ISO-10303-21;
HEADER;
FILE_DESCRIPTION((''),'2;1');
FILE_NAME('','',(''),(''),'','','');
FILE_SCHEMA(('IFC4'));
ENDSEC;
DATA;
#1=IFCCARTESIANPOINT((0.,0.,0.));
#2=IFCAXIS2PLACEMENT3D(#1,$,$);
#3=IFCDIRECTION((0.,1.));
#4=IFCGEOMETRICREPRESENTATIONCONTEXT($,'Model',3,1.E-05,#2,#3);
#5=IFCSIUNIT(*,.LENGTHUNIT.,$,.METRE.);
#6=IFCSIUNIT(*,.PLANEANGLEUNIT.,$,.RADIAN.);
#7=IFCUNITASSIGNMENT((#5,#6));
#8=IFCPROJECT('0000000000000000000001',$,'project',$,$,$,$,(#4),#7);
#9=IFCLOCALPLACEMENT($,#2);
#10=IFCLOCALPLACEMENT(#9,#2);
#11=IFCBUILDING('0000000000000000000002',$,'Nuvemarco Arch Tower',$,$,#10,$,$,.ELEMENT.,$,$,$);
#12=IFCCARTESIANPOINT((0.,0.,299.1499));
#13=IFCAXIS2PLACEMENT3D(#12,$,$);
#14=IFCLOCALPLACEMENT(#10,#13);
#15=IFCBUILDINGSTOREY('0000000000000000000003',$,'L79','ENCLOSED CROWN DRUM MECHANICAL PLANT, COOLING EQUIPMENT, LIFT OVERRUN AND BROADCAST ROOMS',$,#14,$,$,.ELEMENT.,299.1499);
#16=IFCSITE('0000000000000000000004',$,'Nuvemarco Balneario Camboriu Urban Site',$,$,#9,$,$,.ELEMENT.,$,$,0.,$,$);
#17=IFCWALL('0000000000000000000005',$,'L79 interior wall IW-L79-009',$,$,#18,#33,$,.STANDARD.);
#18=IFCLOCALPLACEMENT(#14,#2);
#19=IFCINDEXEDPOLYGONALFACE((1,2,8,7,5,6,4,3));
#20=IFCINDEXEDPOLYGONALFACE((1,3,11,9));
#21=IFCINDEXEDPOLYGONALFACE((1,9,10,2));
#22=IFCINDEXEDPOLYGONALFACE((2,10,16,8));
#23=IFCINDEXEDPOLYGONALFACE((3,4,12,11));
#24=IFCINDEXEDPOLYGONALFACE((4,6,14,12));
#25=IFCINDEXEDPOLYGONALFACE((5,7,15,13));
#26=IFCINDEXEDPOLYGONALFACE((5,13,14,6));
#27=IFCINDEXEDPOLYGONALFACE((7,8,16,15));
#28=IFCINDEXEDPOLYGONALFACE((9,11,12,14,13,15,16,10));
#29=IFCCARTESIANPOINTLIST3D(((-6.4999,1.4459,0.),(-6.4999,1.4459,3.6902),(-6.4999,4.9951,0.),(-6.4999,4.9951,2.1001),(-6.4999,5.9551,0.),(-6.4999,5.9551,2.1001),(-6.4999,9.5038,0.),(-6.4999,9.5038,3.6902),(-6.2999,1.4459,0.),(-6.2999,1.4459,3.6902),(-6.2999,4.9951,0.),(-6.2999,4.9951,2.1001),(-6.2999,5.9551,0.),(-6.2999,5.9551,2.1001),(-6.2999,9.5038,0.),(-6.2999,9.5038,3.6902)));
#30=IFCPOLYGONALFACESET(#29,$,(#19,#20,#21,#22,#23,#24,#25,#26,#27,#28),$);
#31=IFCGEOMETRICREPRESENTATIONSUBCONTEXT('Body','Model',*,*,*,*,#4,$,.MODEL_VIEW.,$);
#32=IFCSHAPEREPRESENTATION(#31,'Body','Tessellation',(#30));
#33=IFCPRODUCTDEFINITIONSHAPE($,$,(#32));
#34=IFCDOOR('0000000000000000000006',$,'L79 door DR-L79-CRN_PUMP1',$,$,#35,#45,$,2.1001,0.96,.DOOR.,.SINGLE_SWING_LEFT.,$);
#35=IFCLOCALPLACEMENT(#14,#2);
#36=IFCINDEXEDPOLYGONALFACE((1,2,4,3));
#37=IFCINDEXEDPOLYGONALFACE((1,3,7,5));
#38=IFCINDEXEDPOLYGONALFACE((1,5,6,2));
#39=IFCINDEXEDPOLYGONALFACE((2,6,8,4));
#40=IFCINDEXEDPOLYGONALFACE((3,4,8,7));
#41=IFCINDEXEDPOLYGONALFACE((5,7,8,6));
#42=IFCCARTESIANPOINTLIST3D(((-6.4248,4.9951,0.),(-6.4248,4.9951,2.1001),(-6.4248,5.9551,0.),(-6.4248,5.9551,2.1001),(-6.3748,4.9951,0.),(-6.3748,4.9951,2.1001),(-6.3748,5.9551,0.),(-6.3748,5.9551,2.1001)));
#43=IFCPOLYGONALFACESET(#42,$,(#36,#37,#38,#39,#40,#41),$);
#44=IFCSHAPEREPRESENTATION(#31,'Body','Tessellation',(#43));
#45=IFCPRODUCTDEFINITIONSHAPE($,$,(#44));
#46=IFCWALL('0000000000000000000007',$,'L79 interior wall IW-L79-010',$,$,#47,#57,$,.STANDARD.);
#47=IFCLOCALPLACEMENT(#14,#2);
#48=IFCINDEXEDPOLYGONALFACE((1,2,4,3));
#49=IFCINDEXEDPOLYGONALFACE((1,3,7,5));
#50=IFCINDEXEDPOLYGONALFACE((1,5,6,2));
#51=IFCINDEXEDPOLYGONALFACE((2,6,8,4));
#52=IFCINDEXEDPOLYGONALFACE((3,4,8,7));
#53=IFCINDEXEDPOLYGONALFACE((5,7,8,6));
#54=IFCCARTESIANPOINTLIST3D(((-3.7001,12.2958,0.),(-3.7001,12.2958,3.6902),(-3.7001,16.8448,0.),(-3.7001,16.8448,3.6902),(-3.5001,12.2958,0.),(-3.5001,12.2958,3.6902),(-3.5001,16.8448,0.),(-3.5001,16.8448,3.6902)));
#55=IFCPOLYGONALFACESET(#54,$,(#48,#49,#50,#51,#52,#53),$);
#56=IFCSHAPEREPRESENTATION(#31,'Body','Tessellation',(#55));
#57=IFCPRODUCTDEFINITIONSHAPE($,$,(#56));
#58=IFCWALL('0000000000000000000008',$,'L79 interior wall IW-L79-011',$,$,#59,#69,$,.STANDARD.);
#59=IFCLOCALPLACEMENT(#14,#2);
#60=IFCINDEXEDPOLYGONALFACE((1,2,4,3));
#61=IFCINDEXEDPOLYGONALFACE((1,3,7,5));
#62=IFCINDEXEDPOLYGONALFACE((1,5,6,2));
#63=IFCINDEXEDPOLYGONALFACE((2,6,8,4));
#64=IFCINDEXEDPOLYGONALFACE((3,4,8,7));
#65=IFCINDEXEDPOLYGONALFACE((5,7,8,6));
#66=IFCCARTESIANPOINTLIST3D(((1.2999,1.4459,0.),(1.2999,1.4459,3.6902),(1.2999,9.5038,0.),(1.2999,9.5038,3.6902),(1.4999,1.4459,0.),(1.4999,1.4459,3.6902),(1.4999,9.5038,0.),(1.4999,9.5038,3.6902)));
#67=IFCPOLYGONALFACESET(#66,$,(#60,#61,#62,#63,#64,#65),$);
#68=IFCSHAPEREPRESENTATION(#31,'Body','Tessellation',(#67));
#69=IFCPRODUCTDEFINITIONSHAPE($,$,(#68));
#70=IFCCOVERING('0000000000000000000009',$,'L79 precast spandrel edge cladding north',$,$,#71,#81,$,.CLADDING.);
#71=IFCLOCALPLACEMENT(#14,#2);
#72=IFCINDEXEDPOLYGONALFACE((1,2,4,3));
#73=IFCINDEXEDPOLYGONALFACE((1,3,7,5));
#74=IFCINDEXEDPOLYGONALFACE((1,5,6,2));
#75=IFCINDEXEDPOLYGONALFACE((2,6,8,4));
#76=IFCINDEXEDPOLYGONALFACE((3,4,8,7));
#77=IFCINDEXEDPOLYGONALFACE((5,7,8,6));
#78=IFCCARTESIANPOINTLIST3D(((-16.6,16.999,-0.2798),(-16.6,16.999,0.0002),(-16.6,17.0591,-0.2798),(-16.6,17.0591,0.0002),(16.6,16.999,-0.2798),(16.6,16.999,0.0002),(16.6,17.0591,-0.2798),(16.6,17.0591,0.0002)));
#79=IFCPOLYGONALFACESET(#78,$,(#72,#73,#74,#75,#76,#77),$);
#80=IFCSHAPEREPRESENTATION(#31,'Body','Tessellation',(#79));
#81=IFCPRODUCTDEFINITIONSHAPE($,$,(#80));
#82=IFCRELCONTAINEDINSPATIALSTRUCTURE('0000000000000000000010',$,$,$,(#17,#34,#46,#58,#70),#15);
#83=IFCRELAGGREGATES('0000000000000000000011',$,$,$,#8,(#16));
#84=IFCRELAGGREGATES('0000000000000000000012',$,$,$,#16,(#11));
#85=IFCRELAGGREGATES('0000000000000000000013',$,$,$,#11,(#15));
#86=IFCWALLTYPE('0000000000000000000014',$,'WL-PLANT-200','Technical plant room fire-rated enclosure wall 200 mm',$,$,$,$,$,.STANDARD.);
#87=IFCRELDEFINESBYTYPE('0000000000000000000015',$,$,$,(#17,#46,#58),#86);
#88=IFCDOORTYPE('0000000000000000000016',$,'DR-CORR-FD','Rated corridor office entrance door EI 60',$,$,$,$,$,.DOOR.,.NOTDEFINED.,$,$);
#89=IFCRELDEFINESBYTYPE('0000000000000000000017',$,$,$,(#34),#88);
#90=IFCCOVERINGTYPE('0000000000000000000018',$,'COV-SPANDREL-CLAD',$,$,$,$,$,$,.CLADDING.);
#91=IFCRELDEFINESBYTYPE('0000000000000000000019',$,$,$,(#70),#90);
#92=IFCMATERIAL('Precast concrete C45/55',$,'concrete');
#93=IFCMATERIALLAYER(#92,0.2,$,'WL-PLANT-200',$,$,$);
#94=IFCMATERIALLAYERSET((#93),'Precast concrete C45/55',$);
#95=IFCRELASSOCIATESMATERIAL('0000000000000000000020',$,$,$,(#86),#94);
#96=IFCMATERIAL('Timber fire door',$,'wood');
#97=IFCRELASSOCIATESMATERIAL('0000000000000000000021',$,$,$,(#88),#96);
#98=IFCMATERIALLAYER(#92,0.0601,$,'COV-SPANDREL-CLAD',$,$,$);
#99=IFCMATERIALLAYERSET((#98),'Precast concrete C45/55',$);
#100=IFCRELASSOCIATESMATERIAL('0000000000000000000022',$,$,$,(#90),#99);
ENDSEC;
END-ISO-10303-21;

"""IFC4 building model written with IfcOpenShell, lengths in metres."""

from ifc_helpers import new_model, si_unit, direction, frame, frame_2d, origin, origin_2d, place, context, subcontext, project, spatial, rectangle, extrude, source, transform, mapped, material, layer, layer_set, type_object, type_shapes, element, fill, save


model = new_model("IFC4")

# Units and contexts
model_context = context("Model", 3, precision=1e-05, world=origin(), true_north=direction((0.0, 1.0)))
body_context = subcontext(model_context, "Body", "Model", "MODEL_VIEW")
ifc_project = project(units=[si_unit("LENGTHUNIT", "METRE"), si_unit("PLANEANGLEUNIT", "RADIAN")], contexts=[model_context])

# Site, building, storey
site_placement = place(None, origin())
site = spatial("IfcSite", under=ifc_project, at=site_placement, Name="Nuvemarco Balneario Camboriu Urban Site", CompositionType="ELEMENT", RefElevation=0.0)
building_placement = place(site_placement, origin())
building = spatial("IfcBuilding", under=site, at=building_placement, Name="Nuvemarco Arch Tower", CompositionType="ELEMENT")
storey_placement = place(building_placement, frame((0.0, 0.0, 299.1499)))
storey = spatial("IfcBuildingStorey", under=building, at=storey_placement, Name="L79", Description="ENCLOSED CROWN DRUM MECHANICAL PLANT, COOLING EQUIPMENT, LIFT OVERRUN AND BROADCAST ROOMS", CompositionType="ELEMENT", Elevation=299.1499)

# Shared definitions
ifc_material_1 = material(Name="Precast concrete C45/55", Category="concrete")

# Wall, opening, door
ifc_layer_1 = layer(ifc_material_1, 0.2, Name="WL-PLANT-200")
ifc_layer_set_1 = layer_set([ifc_layer_1], Name="Precast concrete C45/55")
wall_type_1 = type_object("IfcWallType", Name="WL-PLANT-200", Description="Technical plant room fire-rated enclosure wall 200 mm", PredefinedType="STANDARD", material=ifc_layer_set_1)
wall_1_placement = place(storey_placement, frame((-6.3999, 1.446, 0.0), z_axis=(0.0, 0.0, 1.0), x_axis=(0.0, 1.0, 0.0)))
wall_1 = element("IfcWall", 1, at=wall_1_placement, inside=storey, type_object=wall_type_1, Name="L79 interior wall IW-L79-009", PredefinedType="STANDARD", context=body_context, shape_type="SweptSolid", body=[
    extrude(rectangle(XDim=8.0579, YDim=0.2, at=frame_2d((4.0288, 0.0))), origin(), (0.0, 0.0, 1.0), 3.6902),
])
opening_placement = place(wall_1_placement, frame((3.5491, 0.0, 0.0)))
opening = element("IfcOpeningElement", 2, at=opening_placement, cuts=wall_1, PredefinedType="OPENING", context=body_context, shape_type="SweptSolid", body=[
    extrude(rectangle(XDim=0.96, YDim=2.1001, at=frame_2d((0.48, 1.05))), frame((0.0, 0.1099, 0.0), z_axis=(0.0, -1.0, 0.0), x_axis=(1.0, 0.0, 0.0)), (0.0, 0.0, 1.0), 0.22),
])
ifc_material_2 = material(Name="Timber fire door", Category="wood")
door_type = type_object("IfcDoorType", Name="DR-CORR-FD", Description="Rated corridor office entrance door EI 60", OperationType="NOTDEFINED", PredefinedType="DOOR", material=ifc_material_2)
shared_shape_1 = source(origin(), body_context, "Body", "SweptSolid", [
    extrude(rectangle(XDim=0.96, YDim=2.1001, at=frame_2d((0.48, 1.05))), frame((0.0, 0.0249, 0.0), z_axis=(0.0, -1.0, 0.0), x_axis=(1.0, 0.0, 0.0)), (0.0, 0.0, 1.0), 0.05),
])
type_shapes(door_type, [shared_shape_1])
door_placement = place(opening_placement, origin())
door = element("IfcDoor", 3, at=door_placement, inside=storey, type_object=door_type, Name="L79 door DR-L79-CRN_PUMP1", OperationType="SINGLE_SWING_LEFT", OverallHeight=2.1001, OverallWidth=0.96, PredefinedType="DOOR", context=body_context, shape_type="MappedRepresentation", body=[
    mapped(shared_shape_1, transform((0.0, 0.0, 0.0), scale=1.0)),
])
fill(opening, door)

# Walls
wall_2_placement = place(storey_placement, frame((-3.6001, 12.2959, 0.0), z_axis=(0.0, 0.0, 1.0), x_axis=(0.0, 1.0, 0.0)))
element("IfcWall", 4, at=wall_2_placement, inside=storey, type_object=wall_type_1, Name="L79 interior wall IW-L79-010", PredefinedType="STANDARD", context=body_context, shape_type="SweptSolid", body=[
    extrude(rectangle(XDim=4.5491, YDim=0.2, at=frame_2d((2.2744, 0.0))), origin(), (0.0, 0.0, 1.0), 3.6902),
])
wall_3_placement = place(storey_placement, frame((1.3999, 1.446, 0.0), z_axis=(0.0, 0.0, 1.0), x_axis=(0.0, 1.0, 0.0)))
element("IfcWall", 5, at=wall_3_placement, inside=storey, type_object=wall_type_1, Name="L79 interior wall IW-L79-011", PredefinedType="STANDARD", context=body_context, shape_type="SweptSolid", body=[
    extrude(rectangle(XDim=8.0579, YDim=0.2, at=frame_2d((4.0288, 0.0))), origin(), (0.0, 0.0, 1.0), 3.6902),
])

# Covering
ifc_layer_2 = layer(ifc_material_1, 0.0601, Name="COV-SPANDREL-CLAD")
ifc_layer_set_2 = layer_set([ifc_layer_2], Name="Precast concrete C45/55")
covering_type = type_object("IfcCoveringType", Name="COV-SPANDREL-CLAD", PredefinedType="CLADDING", material=ifc_layer_set_2)
shared_shape_2 = source(origin(), body_context, "Body", "SweptSolid", [
    extrude(rectangle(XDim=33.2, YDim=0.0601, at=origin_2d()), origin(), (0.0, 0.0, 1.0), 0.28),
])
type_shapes(covering_type, [shared_shape_2])
covering_placement = place(storey_placement, frame((0.0, 17.0291, -0.2798), z_axis=(0.0, 0.0, 1.0), x_axis=(1.0, 0.0, 0.0)))
element("IfcCovering", 6, at=covering_placement, inside=storey, type_object=covering_type, Name="L79 precast spandrel edge cladding north", PredefinedType="CLADDING", context=body_context, shape_type="MappedRepresentation", body=[
    mapped(shared_shape_2, transform((0.0, 0.0, 0.0), scale=1.0)),
])

save(model, "model.ifc")
